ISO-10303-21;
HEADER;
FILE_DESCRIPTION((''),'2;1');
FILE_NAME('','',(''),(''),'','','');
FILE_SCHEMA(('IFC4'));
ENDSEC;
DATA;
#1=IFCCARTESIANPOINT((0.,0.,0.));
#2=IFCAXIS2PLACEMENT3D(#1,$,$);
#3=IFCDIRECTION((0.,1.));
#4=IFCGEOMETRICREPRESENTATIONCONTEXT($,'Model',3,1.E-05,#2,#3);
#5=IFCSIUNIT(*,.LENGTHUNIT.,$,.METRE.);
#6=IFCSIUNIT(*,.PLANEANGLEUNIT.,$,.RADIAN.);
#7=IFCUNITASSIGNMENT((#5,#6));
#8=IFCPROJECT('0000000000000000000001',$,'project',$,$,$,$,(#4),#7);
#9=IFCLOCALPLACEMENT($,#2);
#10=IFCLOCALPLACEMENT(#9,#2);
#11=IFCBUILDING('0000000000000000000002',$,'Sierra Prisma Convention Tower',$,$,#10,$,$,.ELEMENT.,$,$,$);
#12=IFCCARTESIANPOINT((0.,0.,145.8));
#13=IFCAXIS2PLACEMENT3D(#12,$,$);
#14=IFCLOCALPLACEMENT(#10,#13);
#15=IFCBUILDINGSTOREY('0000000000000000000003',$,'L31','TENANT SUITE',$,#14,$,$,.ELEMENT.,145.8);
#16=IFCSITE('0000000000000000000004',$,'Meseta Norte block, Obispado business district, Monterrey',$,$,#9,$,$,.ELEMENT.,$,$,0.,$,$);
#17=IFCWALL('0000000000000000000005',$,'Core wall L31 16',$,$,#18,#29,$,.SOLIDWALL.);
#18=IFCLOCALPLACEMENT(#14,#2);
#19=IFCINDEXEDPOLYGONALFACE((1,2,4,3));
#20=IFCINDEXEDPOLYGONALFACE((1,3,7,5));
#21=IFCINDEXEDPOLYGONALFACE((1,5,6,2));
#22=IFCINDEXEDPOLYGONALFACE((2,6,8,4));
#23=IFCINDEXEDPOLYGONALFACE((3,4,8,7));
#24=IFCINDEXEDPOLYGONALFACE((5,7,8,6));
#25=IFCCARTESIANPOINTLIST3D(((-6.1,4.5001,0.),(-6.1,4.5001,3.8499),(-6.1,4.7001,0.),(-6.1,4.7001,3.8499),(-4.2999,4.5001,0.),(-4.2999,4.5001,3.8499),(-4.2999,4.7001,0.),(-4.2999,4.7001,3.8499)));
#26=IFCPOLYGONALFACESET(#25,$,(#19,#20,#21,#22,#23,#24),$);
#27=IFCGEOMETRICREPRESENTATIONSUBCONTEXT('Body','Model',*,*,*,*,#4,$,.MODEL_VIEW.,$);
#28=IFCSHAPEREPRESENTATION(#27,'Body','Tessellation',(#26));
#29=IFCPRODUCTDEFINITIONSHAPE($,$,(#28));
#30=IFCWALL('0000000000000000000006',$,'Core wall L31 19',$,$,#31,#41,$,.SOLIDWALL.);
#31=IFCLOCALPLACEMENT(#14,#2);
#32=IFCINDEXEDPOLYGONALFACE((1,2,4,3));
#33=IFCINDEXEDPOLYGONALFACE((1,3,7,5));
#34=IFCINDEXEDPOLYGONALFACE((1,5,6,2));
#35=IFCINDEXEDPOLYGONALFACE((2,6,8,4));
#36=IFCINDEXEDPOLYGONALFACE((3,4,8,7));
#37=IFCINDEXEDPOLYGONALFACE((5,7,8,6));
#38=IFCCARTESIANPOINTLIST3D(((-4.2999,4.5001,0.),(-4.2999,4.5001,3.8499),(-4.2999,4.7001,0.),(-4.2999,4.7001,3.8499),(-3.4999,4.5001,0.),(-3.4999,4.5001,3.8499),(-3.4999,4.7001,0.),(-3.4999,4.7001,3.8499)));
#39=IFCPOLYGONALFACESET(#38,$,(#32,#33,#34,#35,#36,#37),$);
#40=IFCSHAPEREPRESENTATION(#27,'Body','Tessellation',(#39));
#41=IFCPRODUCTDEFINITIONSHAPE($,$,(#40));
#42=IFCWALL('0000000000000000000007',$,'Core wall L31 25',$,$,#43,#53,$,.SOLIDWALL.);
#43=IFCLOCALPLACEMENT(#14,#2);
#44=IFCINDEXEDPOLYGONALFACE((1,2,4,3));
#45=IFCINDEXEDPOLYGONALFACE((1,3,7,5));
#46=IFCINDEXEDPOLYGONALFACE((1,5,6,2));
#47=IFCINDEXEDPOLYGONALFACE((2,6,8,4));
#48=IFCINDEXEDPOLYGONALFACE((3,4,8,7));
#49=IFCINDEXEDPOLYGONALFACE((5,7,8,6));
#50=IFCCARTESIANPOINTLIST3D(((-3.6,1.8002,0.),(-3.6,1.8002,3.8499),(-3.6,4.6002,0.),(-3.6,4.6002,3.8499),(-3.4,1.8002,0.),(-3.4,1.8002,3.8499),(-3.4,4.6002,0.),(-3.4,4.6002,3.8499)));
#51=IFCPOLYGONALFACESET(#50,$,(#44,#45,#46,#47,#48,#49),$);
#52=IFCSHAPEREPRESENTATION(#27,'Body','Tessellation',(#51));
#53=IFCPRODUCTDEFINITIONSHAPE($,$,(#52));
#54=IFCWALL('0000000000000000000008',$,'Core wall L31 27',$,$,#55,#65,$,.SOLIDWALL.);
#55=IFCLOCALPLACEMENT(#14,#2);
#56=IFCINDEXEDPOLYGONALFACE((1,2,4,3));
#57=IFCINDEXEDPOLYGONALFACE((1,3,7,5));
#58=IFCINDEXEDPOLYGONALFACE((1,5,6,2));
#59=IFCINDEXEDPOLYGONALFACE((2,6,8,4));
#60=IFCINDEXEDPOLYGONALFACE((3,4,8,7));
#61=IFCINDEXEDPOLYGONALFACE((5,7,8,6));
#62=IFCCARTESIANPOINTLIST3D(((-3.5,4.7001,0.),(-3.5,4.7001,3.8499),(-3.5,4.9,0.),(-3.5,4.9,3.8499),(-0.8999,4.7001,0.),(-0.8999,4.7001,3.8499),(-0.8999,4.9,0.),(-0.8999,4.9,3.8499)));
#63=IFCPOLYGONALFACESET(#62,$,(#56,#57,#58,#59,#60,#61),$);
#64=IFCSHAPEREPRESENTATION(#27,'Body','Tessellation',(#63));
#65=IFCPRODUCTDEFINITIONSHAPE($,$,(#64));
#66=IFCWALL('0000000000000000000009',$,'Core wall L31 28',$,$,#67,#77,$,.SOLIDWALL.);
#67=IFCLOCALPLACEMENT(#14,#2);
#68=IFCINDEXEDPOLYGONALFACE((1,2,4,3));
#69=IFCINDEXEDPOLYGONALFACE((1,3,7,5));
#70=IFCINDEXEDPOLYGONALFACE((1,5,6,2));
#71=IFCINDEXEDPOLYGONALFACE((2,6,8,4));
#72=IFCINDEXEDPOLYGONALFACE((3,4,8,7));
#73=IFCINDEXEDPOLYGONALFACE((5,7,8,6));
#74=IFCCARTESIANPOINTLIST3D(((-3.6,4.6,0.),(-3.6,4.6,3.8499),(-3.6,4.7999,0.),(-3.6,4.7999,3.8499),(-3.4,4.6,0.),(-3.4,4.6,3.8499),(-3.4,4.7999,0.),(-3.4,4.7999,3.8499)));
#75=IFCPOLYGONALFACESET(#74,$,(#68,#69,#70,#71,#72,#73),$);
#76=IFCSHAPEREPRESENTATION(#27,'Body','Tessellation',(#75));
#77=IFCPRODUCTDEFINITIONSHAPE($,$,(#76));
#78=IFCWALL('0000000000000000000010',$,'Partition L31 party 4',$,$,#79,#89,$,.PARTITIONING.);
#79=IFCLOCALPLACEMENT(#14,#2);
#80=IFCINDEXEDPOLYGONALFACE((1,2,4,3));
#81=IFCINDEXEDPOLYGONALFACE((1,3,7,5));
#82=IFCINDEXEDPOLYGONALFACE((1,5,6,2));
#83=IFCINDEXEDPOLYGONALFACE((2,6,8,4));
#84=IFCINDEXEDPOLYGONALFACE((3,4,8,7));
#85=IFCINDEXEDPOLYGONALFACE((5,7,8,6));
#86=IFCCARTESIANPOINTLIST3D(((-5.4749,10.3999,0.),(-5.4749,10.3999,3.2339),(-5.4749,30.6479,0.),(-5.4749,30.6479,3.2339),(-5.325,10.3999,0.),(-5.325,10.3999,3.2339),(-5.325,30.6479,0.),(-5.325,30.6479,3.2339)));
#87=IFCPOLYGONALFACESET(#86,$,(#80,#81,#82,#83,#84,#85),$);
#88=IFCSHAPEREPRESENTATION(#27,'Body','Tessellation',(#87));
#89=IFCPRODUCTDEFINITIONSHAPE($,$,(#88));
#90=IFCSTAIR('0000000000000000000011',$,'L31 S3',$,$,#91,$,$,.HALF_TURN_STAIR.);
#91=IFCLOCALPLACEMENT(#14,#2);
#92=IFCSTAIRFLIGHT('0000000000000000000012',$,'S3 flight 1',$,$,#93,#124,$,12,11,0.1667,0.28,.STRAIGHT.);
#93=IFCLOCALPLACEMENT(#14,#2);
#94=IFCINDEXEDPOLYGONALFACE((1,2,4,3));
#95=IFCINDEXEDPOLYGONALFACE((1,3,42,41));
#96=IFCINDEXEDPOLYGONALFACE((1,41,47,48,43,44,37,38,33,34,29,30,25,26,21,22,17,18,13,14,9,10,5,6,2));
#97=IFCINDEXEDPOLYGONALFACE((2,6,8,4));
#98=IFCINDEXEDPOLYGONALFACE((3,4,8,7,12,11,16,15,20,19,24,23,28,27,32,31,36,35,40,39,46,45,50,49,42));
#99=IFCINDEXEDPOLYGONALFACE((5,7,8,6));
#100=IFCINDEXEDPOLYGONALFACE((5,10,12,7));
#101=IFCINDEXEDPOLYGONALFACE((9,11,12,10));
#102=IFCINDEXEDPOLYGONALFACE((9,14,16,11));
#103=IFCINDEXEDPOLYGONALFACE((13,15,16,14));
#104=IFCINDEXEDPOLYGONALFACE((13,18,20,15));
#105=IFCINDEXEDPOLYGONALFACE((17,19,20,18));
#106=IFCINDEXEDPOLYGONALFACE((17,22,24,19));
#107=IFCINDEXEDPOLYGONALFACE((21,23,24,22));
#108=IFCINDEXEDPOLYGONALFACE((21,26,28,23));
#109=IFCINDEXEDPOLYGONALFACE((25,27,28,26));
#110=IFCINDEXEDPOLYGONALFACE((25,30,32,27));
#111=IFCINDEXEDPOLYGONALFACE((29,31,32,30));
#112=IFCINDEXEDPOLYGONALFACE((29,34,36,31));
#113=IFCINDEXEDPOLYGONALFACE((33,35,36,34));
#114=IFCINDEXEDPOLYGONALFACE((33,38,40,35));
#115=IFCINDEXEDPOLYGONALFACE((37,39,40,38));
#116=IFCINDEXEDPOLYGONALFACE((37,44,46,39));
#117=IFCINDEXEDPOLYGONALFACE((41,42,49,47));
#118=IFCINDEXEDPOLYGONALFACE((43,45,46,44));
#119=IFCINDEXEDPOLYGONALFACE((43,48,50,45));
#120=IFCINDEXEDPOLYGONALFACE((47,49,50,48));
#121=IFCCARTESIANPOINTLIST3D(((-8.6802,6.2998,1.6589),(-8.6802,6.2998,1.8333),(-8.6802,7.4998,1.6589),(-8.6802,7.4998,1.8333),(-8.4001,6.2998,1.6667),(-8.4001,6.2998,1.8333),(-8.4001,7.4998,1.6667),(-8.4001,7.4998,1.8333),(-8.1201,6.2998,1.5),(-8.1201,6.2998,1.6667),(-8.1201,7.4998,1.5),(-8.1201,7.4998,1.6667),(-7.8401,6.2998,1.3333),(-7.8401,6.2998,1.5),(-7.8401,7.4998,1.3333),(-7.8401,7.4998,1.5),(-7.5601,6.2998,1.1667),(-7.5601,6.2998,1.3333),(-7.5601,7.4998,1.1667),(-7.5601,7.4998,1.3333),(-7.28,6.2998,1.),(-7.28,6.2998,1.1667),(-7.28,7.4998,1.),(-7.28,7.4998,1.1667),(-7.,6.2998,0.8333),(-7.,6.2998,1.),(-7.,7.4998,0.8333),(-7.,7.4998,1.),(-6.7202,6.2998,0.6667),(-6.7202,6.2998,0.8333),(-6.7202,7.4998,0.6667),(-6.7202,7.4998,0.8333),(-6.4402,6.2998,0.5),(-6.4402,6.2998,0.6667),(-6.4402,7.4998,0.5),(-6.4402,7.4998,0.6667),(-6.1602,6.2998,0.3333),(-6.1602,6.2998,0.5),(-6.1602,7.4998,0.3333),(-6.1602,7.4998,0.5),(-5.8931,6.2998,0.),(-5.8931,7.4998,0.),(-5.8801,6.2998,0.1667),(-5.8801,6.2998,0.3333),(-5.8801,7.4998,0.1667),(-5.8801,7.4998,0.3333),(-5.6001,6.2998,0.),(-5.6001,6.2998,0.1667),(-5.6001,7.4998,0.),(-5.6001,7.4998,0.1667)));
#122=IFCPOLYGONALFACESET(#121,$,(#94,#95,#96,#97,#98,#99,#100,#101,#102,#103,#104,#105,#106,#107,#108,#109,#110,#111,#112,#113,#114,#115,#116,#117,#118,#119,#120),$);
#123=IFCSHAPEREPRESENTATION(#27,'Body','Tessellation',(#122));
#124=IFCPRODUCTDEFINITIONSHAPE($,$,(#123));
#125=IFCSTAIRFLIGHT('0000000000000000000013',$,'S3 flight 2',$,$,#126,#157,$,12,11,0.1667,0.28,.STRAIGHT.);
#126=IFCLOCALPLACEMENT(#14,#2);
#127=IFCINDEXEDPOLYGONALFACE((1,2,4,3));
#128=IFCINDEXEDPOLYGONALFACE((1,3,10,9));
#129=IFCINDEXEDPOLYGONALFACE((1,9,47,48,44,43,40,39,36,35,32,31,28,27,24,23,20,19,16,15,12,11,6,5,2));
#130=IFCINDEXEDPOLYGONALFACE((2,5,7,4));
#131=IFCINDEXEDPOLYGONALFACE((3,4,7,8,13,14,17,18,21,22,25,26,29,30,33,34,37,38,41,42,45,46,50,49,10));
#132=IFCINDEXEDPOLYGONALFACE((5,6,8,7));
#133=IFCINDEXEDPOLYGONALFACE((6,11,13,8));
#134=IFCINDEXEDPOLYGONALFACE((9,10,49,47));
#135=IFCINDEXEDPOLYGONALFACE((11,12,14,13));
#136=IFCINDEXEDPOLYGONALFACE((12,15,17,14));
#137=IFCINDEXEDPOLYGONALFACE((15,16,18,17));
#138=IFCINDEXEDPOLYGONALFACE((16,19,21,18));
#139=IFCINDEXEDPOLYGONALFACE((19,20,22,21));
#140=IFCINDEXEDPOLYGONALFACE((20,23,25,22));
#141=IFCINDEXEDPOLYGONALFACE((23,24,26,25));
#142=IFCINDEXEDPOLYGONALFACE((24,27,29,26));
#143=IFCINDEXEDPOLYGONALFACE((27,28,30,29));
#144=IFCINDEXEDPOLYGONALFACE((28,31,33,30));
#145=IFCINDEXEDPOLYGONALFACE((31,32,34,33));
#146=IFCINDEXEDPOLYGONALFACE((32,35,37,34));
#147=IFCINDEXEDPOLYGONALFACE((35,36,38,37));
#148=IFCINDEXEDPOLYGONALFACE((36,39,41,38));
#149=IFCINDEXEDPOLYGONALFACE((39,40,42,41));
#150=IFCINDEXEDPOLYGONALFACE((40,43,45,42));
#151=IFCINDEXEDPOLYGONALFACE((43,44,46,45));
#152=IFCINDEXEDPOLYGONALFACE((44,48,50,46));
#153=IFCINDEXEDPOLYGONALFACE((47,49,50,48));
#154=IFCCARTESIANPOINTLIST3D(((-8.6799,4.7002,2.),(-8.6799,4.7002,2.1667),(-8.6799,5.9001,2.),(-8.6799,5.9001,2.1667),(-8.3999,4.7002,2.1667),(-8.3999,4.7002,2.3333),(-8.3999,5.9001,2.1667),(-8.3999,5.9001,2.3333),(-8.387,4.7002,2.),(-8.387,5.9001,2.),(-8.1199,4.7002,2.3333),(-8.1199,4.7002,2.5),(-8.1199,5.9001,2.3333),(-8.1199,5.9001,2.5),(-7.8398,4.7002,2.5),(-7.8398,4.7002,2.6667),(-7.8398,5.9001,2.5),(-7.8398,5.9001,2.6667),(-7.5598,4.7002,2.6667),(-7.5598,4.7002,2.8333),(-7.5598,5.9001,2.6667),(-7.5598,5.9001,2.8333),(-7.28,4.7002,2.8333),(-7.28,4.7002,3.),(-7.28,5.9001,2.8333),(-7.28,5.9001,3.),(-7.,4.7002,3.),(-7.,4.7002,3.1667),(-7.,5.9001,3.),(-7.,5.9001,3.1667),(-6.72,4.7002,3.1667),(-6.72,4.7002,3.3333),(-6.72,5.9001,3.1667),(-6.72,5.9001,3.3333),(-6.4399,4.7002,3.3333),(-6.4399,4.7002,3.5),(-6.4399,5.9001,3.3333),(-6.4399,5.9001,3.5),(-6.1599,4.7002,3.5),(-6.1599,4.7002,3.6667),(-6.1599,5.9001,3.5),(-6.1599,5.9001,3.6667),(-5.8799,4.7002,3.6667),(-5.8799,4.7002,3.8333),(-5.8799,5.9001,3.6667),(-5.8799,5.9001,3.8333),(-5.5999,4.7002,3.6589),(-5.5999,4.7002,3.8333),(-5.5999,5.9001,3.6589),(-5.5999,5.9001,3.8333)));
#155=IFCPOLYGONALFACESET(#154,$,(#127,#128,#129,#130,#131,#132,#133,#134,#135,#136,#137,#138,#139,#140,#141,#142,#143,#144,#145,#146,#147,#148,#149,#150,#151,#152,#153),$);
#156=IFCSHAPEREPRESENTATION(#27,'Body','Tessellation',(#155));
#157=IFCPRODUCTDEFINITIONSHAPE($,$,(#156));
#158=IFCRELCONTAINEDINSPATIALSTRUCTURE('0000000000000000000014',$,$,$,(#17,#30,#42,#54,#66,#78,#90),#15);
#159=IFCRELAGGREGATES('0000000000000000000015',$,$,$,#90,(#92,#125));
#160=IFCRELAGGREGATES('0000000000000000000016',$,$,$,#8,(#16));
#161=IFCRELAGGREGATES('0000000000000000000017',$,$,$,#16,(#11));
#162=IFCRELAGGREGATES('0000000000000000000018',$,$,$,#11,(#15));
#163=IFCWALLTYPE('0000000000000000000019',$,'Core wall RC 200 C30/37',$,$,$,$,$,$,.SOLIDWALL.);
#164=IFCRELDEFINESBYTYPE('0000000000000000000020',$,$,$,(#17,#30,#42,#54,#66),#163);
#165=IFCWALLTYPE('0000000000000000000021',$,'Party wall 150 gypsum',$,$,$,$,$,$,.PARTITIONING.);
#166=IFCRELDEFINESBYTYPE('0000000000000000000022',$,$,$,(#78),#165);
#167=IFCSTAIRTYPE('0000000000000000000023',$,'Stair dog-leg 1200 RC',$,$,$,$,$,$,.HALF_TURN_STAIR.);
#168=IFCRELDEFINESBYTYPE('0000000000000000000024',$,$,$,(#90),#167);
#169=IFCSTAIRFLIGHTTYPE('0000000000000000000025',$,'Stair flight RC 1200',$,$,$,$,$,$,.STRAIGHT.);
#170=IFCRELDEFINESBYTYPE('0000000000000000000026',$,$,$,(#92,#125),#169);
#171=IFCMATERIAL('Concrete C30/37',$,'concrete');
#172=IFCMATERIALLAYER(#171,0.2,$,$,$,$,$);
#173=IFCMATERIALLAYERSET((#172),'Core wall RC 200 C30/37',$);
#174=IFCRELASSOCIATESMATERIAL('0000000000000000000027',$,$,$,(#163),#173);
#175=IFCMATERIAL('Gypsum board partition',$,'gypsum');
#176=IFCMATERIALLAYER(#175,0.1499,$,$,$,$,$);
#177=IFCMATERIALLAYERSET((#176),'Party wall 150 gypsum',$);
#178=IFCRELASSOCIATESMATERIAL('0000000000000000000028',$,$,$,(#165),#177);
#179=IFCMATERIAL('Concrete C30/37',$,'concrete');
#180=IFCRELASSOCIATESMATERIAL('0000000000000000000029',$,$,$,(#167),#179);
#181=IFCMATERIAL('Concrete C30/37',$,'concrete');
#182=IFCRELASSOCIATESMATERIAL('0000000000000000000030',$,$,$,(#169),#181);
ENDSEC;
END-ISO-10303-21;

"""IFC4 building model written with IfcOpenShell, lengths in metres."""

from ifc_helpers import new_model, si_unit, direction, frame, frame_2d, origin, place, context, subcontext, project, spatial, polyline, rectangle, outline, extrude, material, layer, layer_set, type_object, element, aggregate, save


model = new_model("IFC4")

# Units and contexts
model_context = context("Model", 3, precision=1e-05, world=origin(), true_north=direction((0.0, 1.0)))
body_context = subcontext(model_context, "Body", "Model", "MODEL_VIEW")
ifc_project = project(units=[si_unit("LENGTHUNIT", "METRE"), si_unit("PLANEANGLEUNIT", "RADIAN")], contexts=[model_context])

# Site, building, storey
site_placement = place(None, origin())
site = spatial("IfcSite", under=ifc_project, at=site_placement, Name="Meseta Norte block, Obispado business district, Monterrey", CompositionType="ELEMENT", RefElevation=0.0)
building_placement = place(site_placement, origin())
building = spatial("IfcBuilding", under=site, at=building_placement, Name="Sierra Prisma Convention Tower", CompositionType="ELEMENT")
storey_placement = place(building_placement, frame((0.0, 0.0, 145.8)))
storey = spatial("IfcBuildingStorey", under=building, at=storey_placement, Name="L31", Description="TENANT SUITE", CompositionType="ELEMENT", Elevation=145.8)

# Walls
ifc_material_1 = material(Name="Concrete C30/37", Category="concrete")
ifc_layer_1 = layer(ifc_material_1, 0.2)
ifc_layer_set_1 = layer_set([ifc_layer_1], Name="Core wall RC 200 C30/37")
wall_type_1 = type_object("IfcWallType", Name="Core wall RC 200 C30/37", PredefinedType="SOLIDWALL", material=ifc_layer_set_1)
wall_1_placement = place(storey_placement, frame((-4.3, 4.6001, 0.0), z_axis=(0.0, 0.0, 1.0), x_axis=(-1.0, 0.0, 0.0)))
element("IfcWall", 1, at=wall_1_placement, inside=storey, type_object=wall_type_1, Name="Core wall L31 16", PredefinedType="SOLIDWALL", context=body_context, shape_type="SweptSolid", body=[
    extrude(rectangle(XDim=1.8, YDim=0.2, at=frame_2d((0.8999, 0.0))), origin(), (0.0, 0.0, 1.0), 3.8499),
])
wall_2_placement = place(storey_placement, frame((-3.5, 4.6001, 0.0), z_axis=(0.0, 0.0, 1.0), x_axis=(-1.0, 0.0, 0.0)))
element("IfcWall", 2, at=wall_2_placement, inside=storey, type_object=wall_type_1, Name="Core wall L31 19", PredefinedType="SOLIDWALL", context=body_context, shape_type="SweptSolid", body=[
    extrude(rectangle(XDim=0.8, YDim=0.2, at=frame_2d((0.3999, 0.0))), origin(), (0.0, 0.0, 1.0), 3.8499),
])

# Walls
wall_3_placement = place(storey_placement, frame((-3.5, 4.6001, 0.0), z_axis=(0.0, 0.0, 1.0), x_axis=(0.0, -1.0, 0.0)))
element("IfcWall", 3, at=wall_3_placement, inside=storey, type_object=wall_type_1, Name="Core wall L31 25", PredefinedType="SOLIDWALL", context=body_context, shape_type="SweptSolid", body=[
    extrude(rectangle(XDim=2.8, YDim=0.2, at=frame_2d((1.3999, 0.0))), origin(), (0.0, 0.0, 1.0), 3.8499),
])
wall_4_placement = place(storey_placement, frame((-0.8999, 4.8, 0.0), z_axis=(0.0, 0.0, 1.0), x_axis=(-1.0, 0.0, 0.0)))
element("IfcWall", 4, at=wall_4_placement, inside=storey, type_object=wall_type_1, Name="Core wall L31 27", PredefinedType="SOLIDWALL", context=body_context, shape_type="SweptSolid", body=[
    extrude(rectangle(XDim=2.6001, YDim=0.2, at=frame_2d((1.3, 0.0))), origin(), (0.0, 0.0, 1.0), 3.8499),
])
wall_5_placement = place(storey_placement, frame((-3.5, 4.8, 0.0), z_axis=(0.0, 0.0, 1.0), x_axis=(0.0, -1.0, 0.0)))
element("IfcWall", 5, at=wall_5_placement, inside=storey, type_object=wall_type_1, Name="Core wall L31 28", PredefinedType="SOLIDWALL", context=body_context, shape_type="SweptSolid", body=[
    extrude(rectangle(XDim=0.2, YDim=0.2, at=frame_2d((0.1001, 0.0))), origin(), (0.0, 0.0, 1.0), 3.8499),
])
ifc_material_2 = material(Name="Gypsum board partition", Category="gypsum")
ifc_layer_2 = layer(ifc_material_2, 0.1499)
ifc_layer_set_2 = layer_set([ifc_layer_2], Name="Party wall 150 gypsum")
wall_type_2 = type_object("IfcWallType", Name="Party wall 150 gypsum", PredefinedType="PARTITIONING", material=ifc_layer_set_2)
wall_6_placement = place(storey_placement, frame((-5.3999, 10.3999, 0.0), z_axis=(0.0, 0.0, 1.0), x_axis=(0.0, 1.0, 0.0)))
element("IfcWall", 6, at=wall_6_placement, inside=storey, type_object=wall_type_2, Name="Partition L31 party 4", PredefinedType="PARTITIONING", context=body_context, shape_type="SweptSolid", body=[
    extrude(rectangle(XDim=20.248, YDim=0.1499, at=frame_2d((10.124, 0.0))), origin(), (0.0, 0.0, 1.0), 3.2339),
])

# Stair, stair flights
ifc_material_3 = material(Name="Concrete C30/37", Category="concrete")
stair_type = type_object("IfcStairType", Name="Stair dog-leg 1200 RC", PredefinedType="HALF_TURN_STAIR", material=ifc_material_3)
stair_placement = place(storey_placement, origin())
stair = element("IfcStair", 7, at=stair_placement, inside=storey, type_object=stair_type, Name="L31 S3", PredefinedType="HALF_TURN_STAIR")
ifc_material_4 = material(Name="Concrete C30/37", Category="concrete")
stair_flight_type = type_object("IfcStairFlightType", Name="Stair flight RC 1200", PredefinedType="STRAIGHT", material=ifc_material_4)
stair_flight_1_placement = place(storey_placement, frame((-5.6001, 6.8999, 0.0), z_axis=(0.0, 0.0, 1.0), x_axis=(-1.0, 0.0, 0.0)))
stair_flight_1 = element("IfcStairFlight", 8, at=stair_flight_1_placement, type_object=stair_flight_type, Name="S3 flight 1", NumberOfRisers=12, NumberOfTreads=11, PredefinedType="STRAIGHT", RiserHeight=0.1667, TreadLength=0.28, context=body_context, shape_type="SweptSolid", body=[
    extrude(outline(polyline([(0.0, 0.0), (0.0, 0.1667), (0.28, 0.1667), (0.28, 0.3333), (0.5601, 0.3333), (0.5601, 0.5), (0.8401, 0.5), (0.8401, 0.6667), (1.1201, 0.6667), (1.1201, 0.8333), (1.3999, 0.8333), (1.3999, 1.0), (1.6799, 1.0), (1.6799, 1.1667), (1.96, 1.1667), (1.96, 1.3333), (2.24, 1.3333), (2.24, 1.5), (2.52, 1.5), (2.52, 1.6667), (2.8, 1.6667), (2.8, 1.8333), (3.0801, 1.8333), (3.0801, 2.0), (3.0801, 1.6589), (0.293, 0.0), (0.0, 0.0)])), frame((0.0, 0.6001, 0.0), z_axis=(0.0, -1.0, 0.0), x_axis=(1.0, 0.0, 0.0)), (0.0, 0.0, 1.0), 1.2),
])
stair_flight_2_placement = place(storey_placement, frame((-8.6799, 5.3, 2.0), z_axis=(0.0, 0.0, 1.0), x_axis=(1.0, 0.0, 0.0)))
stair_flight_2 = element("IfcStairFlight", 9, at=stair_flight_2_placement, type_object=stair_flight_type, Name="S3 flight 2", NumberOfRisers=12, NumberOfTreads=11, PredefinedType="STRAIGHT", RiserHeight=0.1667, TreadLength=0.28, context=body_context, shape_type="SweptSolid", body=[
    extrude(outline(polyline([(0.0, 0.0), (0.0, 0.1667), (0.28, 0.1667), (0.28, 0.3333), (0.5601, 0.3333), (0.5601, 0.5), (0.8401, 0.5), (0.8401, 0.6667), (1.1201, 0.6667), (1.1201, 0.8333), (1.3999, 0.8333), (1.3999, 1.0), (1.6799, 1.0), (1.6799, 1.1667), (1.96, 1.1667), (1.96, 1.3333), (2.24, 1.3333), (2.24, 1.5), (2.52, 1.5), (2.52, 1.6667), (2.8, 1.6667), (2.8, 1.8333), (3.0801, 1.8333), (3.0801, 2.0), (3.0801, 1.6589), (0.293, 0.0), (0.0, 0.0)])), frame((0.0, 0.6001, 0.0), z_axis=(0.0, -1.0, 0.0), x_axis=(1.0, 0.0, 0.0)), (0.0, 0.0, 1.0), 1.2),
])
aggregate(stair, [stair_flight_1, stair_flight_2])

save(model, "model.ifc")
